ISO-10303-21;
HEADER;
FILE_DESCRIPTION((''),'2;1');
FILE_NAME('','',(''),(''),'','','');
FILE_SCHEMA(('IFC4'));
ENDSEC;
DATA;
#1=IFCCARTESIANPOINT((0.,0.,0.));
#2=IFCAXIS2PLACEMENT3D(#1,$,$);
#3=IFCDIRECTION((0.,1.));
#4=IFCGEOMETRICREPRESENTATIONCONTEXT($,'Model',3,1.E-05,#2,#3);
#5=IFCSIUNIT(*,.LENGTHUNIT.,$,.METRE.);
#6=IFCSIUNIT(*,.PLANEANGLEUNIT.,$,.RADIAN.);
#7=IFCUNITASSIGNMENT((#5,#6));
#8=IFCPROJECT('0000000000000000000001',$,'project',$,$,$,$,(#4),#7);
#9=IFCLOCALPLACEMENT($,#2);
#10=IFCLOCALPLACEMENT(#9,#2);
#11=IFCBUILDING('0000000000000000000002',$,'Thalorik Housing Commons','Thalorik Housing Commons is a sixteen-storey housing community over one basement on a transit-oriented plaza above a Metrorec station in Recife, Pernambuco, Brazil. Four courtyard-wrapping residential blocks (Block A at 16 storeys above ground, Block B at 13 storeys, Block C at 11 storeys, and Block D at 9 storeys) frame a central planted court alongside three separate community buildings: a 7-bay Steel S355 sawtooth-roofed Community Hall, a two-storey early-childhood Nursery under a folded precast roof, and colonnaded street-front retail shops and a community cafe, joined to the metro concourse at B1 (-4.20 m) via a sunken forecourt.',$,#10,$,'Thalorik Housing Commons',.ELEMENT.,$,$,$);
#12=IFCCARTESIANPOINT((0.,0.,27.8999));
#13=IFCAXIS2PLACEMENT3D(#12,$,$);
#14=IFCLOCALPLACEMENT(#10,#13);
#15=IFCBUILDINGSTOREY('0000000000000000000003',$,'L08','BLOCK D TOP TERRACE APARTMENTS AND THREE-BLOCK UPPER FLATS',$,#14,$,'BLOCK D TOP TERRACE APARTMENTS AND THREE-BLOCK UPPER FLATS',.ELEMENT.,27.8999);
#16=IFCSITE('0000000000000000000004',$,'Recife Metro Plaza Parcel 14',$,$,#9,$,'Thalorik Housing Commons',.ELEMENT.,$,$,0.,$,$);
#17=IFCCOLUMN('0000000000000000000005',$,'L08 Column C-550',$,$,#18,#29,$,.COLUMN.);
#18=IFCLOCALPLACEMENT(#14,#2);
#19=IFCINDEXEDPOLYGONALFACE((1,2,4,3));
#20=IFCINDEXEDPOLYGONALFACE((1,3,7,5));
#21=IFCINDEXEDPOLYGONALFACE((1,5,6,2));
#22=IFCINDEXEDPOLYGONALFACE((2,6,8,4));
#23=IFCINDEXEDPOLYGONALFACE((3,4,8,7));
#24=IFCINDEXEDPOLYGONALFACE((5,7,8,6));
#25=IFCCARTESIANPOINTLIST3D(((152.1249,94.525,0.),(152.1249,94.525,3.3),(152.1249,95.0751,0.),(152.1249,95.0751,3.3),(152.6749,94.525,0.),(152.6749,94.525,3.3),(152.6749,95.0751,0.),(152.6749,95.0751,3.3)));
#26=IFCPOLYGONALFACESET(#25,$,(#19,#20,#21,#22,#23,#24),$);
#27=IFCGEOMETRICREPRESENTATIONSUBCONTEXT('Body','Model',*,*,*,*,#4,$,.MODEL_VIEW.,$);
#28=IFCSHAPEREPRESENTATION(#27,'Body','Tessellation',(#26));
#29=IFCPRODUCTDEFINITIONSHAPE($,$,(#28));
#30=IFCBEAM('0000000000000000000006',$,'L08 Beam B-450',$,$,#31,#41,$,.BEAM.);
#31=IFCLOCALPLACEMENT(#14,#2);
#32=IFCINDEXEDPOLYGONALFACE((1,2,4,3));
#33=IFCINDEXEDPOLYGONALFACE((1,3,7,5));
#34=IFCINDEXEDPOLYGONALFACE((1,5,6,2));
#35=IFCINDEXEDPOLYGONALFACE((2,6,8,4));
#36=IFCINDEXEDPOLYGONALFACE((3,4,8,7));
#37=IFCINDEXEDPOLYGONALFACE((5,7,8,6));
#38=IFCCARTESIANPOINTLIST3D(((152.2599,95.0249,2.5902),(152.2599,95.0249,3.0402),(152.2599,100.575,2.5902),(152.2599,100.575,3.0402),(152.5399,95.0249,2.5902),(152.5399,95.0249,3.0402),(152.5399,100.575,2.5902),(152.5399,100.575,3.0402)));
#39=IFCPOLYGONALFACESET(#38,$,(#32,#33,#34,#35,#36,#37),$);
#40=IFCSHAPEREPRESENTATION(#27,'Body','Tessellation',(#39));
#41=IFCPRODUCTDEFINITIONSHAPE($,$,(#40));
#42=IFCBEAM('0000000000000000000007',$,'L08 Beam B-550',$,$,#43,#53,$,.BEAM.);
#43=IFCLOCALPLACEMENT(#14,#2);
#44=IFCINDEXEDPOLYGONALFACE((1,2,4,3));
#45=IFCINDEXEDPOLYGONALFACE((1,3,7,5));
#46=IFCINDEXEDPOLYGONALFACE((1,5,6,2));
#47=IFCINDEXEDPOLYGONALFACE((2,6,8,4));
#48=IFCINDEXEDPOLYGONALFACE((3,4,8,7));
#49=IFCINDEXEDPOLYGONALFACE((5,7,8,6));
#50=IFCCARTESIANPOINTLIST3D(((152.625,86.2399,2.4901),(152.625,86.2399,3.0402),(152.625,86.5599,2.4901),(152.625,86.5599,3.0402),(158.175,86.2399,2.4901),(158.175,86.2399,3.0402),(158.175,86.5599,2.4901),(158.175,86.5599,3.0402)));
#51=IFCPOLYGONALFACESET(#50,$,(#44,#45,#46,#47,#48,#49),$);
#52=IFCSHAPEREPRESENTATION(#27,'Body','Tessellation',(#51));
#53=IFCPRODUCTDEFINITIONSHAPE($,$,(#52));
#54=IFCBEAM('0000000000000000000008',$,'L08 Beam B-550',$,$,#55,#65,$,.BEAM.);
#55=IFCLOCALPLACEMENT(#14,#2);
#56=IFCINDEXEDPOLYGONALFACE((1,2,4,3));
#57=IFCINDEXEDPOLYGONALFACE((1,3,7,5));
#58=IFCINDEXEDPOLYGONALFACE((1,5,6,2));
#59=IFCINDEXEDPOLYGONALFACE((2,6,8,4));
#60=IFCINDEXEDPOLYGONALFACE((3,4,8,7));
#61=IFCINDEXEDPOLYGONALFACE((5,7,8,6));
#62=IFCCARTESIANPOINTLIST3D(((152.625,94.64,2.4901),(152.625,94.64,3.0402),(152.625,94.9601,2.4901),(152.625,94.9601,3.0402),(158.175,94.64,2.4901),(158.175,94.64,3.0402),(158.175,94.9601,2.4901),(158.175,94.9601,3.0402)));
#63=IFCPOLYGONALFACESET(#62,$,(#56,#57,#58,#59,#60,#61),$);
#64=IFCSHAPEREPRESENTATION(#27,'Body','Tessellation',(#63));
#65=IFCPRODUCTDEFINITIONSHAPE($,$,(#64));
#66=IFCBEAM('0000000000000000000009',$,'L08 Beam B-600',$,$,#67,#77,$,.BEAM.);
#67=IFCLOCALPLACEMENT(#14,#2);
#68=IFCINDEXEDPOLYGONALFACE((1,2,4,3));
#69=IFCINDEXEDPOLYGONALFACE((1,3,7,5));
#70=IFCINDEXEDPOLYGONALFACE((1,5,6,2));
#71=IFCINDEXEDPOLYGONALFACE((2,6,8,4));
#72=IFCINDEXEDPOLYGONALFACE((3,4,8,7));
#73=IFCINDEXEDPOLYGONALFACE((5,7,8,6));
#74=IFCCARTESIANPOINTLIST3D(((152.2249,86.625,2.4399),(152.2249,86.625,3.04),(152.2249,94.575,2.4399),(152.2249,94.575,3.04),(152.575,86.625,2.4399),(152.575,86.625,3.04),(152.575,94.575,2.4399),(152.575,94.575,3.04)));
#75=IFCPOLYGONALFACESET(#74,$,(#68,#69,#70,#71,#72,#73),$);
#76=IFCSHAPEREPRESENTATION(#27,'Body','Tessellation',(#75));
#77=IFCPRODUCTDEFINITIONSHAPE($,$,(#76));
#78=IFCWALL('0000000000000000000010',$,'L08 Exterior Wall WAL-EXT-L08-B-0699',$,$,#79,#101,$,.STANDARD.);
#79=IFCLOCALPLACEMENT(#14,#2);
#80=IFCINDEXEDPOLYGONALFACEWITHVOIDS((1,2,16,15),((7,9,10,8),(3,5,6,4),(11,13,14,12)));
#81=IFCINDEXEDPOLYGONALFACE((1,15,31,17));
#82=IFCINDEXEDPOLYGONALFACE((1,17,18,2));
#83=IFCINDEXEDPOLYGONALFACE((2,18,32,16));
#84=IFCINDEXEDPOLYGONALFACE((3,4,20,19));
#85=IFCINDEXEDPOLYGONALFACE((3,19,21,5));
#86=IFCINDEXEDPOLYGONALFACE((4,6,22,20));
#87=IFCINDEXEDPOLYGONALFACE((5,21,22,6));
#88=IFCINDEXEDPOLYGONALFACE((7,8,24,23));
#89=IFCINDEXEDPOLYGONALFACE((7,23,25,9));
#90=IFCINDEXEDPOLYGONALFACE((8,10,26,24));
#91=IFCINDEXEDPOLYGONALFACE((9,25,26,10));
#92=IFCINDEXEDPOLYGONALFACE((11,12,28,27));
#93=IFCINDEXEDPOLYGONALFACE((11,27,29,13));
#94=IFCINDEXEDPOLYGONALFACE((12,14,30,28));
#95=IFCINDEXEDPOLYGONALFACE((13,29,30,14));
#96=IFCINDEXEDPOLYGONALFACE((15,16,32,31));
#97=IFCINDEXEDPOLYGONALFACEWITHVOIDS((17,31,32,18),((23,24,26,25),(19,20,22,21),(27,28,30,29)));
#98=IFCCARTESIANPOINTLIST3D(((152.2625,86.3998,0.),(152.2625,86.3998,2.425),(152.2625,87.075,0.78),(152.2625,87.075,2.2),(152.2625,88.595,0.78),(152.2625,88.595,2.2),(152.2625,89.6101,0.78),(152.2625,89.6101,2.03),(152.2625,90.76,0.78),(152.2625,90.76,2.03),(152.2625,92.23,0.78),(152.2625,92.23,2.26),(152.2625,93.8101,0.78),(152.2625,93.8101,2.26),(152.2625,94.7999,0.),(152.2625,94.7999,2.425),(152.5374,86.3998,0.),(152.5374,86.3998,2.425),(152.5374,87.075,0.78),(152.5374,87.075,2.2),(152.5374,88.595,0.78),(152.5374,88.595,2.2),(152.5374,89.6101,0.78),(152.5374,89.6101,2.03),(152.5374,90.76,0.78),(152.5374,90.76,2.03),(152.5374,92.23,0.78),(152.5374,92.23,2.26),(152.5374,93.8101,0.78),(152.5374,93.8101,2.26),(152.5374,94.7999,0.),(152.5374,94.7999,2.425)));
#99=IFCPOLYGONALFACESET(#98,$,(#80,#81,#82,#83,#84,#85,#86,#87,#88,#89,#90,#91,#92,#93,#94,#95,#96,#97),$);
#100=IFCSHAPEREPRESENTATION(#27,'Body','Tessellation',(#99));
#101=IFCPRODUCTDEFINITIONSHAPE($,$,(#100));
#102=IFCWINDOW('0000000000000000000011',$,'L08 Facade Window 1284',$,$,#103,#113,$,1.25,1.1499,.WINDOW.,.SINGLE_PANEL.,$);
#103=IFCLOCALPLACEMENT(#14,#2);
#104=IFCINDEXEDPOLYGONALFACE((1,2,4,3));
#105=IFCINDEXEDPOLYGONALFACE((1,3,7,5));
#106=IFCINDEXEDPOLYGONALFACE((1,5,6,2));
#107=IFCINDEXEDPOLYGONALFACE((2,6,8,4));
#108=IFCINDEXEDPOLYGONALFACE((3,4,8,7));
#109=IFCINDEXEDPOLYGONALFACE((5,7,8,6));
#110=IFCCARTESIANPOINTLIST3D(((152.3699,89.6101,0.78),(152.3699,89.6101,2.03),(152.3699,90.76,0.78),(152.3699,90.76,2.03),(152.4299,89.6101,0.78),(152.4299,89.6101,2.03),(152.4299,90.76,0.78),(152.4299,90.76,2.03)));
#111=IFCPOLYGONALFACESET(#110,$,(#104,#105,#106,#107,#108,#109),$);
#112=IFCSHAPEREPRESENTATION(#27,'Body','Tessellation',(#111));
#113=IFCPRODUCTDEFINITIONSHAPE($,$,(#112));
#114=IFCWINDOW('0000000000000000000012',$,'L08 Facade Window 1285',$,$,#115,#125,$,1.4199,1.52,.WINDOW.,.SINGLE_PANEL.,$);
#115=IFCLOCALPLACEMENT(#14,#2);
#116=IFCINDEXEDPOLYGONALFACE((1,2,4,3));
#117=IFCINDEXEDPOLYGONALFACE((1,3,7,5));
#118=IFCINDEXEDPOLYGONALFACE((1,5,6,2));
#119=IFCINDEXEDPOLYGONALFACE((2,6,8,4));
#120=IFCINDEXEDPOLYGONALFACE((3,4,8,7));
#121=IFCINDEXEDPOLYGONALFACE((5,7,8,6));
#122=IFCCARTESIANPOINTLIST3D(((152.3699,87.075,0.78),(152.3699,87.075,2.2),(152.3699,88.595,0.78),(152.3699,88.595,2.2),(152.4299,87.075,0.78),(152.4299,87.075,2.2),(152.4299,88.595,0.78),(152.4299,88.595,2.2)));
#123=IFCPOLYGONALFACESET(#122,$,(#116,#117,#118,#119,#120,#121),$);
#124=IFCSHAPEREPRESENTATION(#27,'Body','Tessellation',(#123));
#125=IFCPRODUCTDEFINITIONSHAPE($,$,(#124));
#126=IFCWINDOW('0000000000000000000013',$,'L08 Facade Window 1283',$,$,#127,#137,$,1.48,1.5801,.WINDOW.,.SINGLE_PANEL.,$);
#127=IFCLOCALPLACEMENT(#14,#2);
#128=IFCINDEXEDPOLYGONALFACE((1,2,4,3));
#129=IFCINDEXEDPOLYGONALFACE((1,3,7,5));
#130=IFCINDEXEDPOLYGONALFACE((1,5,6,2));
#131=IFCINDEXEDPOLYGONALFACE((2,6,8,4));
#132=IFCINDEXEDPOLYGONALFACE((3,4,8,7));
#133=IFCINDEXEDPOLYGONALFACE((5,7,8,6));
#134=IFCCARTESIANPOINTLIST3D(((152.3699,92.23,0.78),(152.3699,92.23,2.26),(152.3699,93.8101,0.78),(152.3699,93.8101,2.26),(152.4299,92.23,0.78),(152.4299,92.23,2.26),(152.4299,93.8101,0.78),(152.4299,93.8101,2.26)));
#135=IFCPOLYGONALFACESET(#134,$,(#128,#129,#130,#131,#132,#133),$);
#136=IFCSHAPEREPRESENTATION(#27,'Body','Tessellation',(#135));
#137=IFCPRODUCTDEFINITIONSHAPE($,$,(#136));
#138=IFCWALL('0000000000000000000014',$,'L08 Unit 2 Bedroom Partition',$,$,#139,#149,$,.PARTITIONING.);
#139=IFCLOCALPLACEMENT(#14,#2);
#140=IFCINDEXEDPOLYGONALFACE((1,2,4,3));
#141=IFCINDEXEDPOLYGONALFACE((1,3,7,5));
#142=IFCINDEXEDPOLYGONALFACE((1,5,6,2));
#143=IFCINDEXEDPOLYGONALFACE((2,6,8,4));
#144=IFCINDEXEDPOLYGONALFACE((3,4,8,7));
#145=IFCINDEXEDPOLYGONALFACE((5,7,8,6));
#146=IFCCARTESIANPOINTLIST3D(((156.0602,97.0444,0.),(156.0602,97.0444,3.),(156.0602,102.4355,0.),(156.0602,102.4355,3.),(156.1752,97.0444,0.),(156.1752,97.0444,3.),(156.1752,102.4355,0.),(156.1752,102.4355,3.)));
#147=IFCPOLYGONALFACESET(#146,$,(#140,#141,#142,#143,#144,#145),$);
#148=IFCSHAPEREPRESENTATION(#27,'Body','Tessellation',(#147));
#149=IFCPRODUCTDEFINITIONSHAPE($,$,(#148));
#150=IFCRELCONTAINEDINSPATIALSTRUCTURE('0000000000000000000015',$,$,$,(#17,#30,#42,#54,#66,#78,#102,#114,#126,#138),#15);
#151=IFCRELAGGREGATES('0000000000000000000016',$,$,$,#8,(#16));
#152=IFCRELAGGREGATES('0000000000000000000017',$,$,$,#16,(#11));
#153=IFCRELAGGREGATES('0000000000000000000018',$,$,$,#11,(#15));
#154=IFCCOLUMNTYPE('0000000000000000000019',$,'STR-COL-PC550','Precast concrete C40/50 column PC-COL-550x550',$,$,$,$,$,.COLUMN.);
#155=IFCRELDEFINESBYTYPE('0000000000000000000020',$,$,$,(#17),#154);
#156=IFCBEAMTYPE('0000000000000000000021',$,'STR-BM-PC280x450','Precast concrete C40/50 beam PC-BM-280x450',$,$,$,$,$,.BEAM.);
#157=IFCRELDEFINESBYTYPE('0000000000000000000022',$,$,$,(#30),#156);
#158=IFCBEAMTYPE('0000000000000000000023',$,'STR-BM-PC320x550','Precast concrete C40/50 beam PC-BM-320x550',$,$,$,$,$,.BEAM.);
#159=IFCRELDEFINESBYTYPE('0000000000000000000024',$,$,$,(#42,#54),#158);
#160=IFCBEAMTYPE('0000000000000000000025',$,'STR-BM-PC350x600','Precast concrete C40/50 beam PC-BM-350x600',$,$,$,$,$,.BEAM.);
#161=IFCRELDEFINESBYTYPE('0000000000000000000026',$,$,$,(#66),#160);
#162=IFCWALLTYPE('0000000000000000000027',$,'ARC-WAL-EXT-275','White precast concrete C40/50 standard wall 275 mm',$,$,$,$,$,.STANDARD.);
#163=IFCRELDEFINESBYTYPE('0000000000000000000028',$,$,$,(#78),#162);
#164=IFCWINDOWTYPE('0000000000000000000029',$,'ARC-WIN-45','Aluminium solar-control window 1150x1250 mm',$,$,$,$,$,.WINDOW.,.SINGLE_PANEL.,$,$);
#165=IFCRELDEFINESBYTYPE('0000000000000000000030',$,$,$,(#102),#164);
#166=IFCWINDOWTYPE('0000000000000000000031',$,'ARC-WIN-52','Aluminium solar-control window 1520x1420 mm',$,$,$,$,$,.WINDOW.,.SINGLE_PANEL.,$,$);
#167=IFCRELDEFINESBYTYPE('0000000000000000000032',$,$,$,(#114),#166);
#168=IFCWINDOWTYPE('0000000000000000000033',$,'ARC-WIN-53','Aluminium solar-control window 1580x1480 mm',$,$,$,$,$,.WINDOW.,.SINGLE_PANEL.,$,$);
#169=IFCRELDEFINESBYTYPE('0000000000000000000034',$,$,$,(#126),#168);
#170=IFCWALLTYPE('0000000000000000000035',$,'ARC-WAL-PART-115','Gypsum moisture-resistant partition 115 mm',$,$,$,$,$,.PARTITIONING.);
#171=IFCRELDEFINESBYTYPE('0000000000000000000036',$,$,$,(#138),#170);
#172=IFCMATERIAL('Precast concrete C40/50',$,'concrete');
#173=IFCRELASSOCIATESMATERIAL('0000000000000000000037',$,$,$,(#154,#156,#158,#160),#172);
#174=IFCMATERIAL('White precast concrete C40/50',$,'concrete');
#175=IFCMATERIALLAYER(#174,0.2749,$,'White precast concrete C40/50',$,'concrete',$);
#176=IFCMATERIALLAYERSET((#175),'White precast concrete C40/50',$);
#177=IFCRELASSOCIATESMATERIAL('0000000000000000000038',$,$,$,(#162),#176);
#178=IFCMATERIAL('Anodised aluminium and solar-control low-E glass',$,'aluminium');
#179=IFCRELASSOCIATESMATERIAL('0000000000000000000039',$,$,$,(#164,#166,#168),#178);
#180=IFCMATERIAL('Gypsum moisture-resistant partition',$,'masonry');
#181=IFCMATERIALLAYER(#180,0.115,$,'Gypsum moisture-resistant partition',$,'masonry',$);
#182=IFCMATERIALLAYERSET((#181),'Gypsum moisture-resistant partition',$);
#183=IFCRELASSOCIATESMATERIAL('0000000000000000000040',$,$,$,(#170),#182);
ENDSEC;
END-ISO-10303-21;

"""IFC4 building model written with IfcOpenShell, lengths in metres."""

from ifc_helpers import new_model, si_unit, direction, frame, frame_2d, origin, origin_2d, place, context, subcontext, project, spatial, rectangle, extrude, material, layer, layer_set, material_profile, profile_set, type_object, element, fill, save


model = new_model("IFC4")

# Units and contexts
model_context = context("Model", 3, precision=1e-05, world=origin(), true_north=direction((0.0, 1.0)))
body_context = subcontext(model_context, "Body", "Model", "MODEL_VIEW")
ifc_project = project(units=[si_unit("LENGTHUNIT", "METRE"), si_unit("PLANEANGLEUNIT", "RADIAN")], contexts=[model_context])

# Site, building, storey
site_placement = place(None, origin())
site = spatial("IfcSite", under=ifc_project, at=site_placement, Name="Recife Metro Plaza Parcel 14", LongName="Thalorik Housing Commons", CompositionType="ELEMENT", RefElevation=0.0)
building_placement = place(site_placement, origin())
building = spatial("IfcBuilding", under=site, at=building_placement, Name="Thalorik Housing Commons", Description="Thalorik Housing Commons is a sixteen-storey housing community over one basement on a transit-oriented plaza above a Metrorec station in Recife, Pernambuco, Brazil. Four courtyard-wrapping residential blocks (Block A at 16 storeys above ground, Block B at 13 storeys, Block C at 11 storeys, and Block D at 9 storeys) frame a central planted court alongside three separate community buildings: a 7-bay Steel S355 sawtooth-roofed Community Hall, a two-storey early-childhood Nursery under a folded precast roof, and colonnaded street-front retail shops and a community cafe, joined to the metro concourse at B1 (-4.20 m) via a sunken forecourt.", LongName="Thalorik Housing Commons", CompositionType="ELEMENT")
storey_placement = place(building_placement, frame((0.0, 0.0, 27.8999)))
storey = spatial("IfcBuildingStorey", under=building, at=storey_placement, Name="L08", Description="BLOCK D TOP TERRACE APARTMENTS AND THREE-BLOCK UPPER FLATS", LongName="BLOCK D TOP TERRACE APARTMENTS AND THREE-BLOCK UPPER FLATS", CompositionType="ELEMENT", Elevation=27.8999)

# Column
ifc_material_1 = material(Name="Precast concrete C40/50", Category="concrete")
ifc_material_profile_1 = material_profile(ifc_material_1, rectangle(XDim=0.55, YDim=0.55, at=origin_2d()), Name="PC 550x550", Category="concrete")
ifc_profile_set_1 = profile_set([ifc_material_profile_1], Name="Precast concrete C40/50")
column_type = type_object("IfcColumnType", Name="STR-COL-PC550", Description="Precast concrete C40/50 column PC-COL-550x550", PredefinedType="COLUMN", material=ifc_profile_set_1)
column_placement = place(storey_placement, frame((152.3999, 94.8, 0.0), z_axis=(0.0, 0.0, 1.0), x_axis=(1.0, 0.0, 0.0)))
element("IfcColumn", 1, at=column_placement, inside=storey, type_object=column_type, Name="L08 Column C-550", PredefinedType="COLUMN", context=body_context, shape_type="SweptSolid", body=[
    extrude(rectangle(XDim=0.55, YDim=0.55, at=origin_2d()), origin(), (0.0, 0.0, 1.0), 3.3),
])

# Beams
ifc_material_profile_2 = material_profile(ifc_material_1, rectangle(XDim=0.28, YDim=0.45, at=origin_2d()), Name="PC 280x450", Category="concrete")
ifc_profile_set_2 = profile_set([ifc_material_profile_2], Name="Precast concrete C40/50")
beam_type_1 = type_object("IfcBeamType", Name="STR-BM-PC280x450", Description="Precast concrete C40/50 beam PC-BM-280x450", PredefinedType="BEAM", material=ifc_profile_set_2)
beam_1_placement = place(storey_placement, frame((152.3999, 95.0249, 2.8152), z_axis=(0.0, 1.0, 0.0), x_axis=(-1.0, 0.0, 0.0)))
element("IfcBeam", 2, at=beam_1_placement, inside=storey, type_object=beam_type_1, Name="L08 Beam B-450", PredefinedType="BEAM", context=body_context, shape_type="SweptSolid", body=[
    extrude(rectangle(XDim=0.28, YDim=0.45, at=origin_2d()), origin(), (0.0, 0.0, 1.0), 5.55),
])
ifc_material_profile_3 = material_profile(ifc_material_1, rectangle(XDim=0.3201, YDim=0.55, at=origin_2d()), Name="PC 320x550", Category="concrete")
ifc_profile_set_3 = profile_set([ifc_material_profile_3], Name="Precast concrete C40/50")
beam_type_2 = type_object("IfcBeamType", Name="STR-BM-PC320x550", Description="Precast concrete C40/50 beam PC-BM-320x550", PredefinedType="BEAM", material=ifc_profile_set_3)
for number, where, z_axis, x_axis, name in (
    (3, (152.625, 86.3999, 2.7651), (1.0, 0.0, 0.0), (0.0, 1.0, 0.0), "L08 Beam B-550"),
    (4, (152.625, 94.8, 2.7651), (1.0, 0.0, 0.0), (0.0, 1.0, 0.0), "L08 Beam B-550"),
):
    element("IfcBeam", number, at=place(storey_placement, frame(where, z_axis=z_axis, x_axis=x_axis)), inside=storey, type_object=beam_type_2, Name=name, PredefinedType="BEAM", context=body_context, shape_type="SweptSolid", body=[
        extrude(rectangle(XDim=0.3201, YDim=0.55, at=origin_2d()), origin(), (0.0, 0.0, 1.0), 5.55),
    ])
ifc_material_profile_4 = material_profile(ifc_material_1, rectangle(XDim=0.3501, YDim=0.6001, at=origin_2d()), Name="PC 350x600", Category="concrete")
ifc_profile_set_4 = profile_set([ifc_material_profile_4], Name="Precast concrete C40/50")
beam_type_3 = type_object("IfcBeamType", Name="STR-BM-PC350x600", Description="Precast concrete C40/50 beam PC-BM-350x600", PredefinedType="BEAM", material=ifc_profile_set_4)
beam_2_placement = place(storey_placement, frame((152.3999, 86.625, 2.74), z_axis=(0.0, 1.0, 0.0), x_axis=(-1.0, 0.0, 0.0)))
element("IfcBeam", 5, at=beam_2_placement, inside=storey, type_object=beam_type_3, Name="L08 Beam B-600", PredefinedType="BEAM", context=body_context, shape_type="SweptSolid", body=[
    extrude(rectangle(XDim=0.3501, YDim=0.6001, at=origin_2d()), origin(), (0.0, 0.0, 1.0), 7.95),
])

# Wall, openings, windows
ifc_material_2 = material(Name="White precast concrete C40/50", Category="concrete")
ifc_layer_1 = layer(ifc_material_2, 0.2749, Name="White precast concrete C40/50", Category="concrete")
ifc_layer_set_1 = layer_set([ifc_layer_1], Name="White precast concrete C40/50")
wall_type_1 = type_object("IfcWallType", Name="ARC-WAL-EXT-275", Description="White precast concrete C40/50 standard wall 275 mm", PredefinedType="STANDARD", material=ifc_layer_set_1)
wall_1_placement = place(storey_placement, frame((152.3999, 94.8, 0.0), z_axis=(0.0, 0.0, 1.0), x_axis=(0.0, -1.0, 0.0)))
wall_1 = element("IfcWall", 6, at=wall_1_placement, inside=storey, type_object=wall_type_1, Name="L08 Exterior Wall WAL-EXT-L08-B-0699", PredefinedType="STANDARD", context=body_context, shape_type="SweptSolid", body=[
    extrude(rectangle(XDim=8.4001, YDim=0.2749, at=frame_2d((4.2002, 0.0))), origin(), (0.0, 0.0, 1.0), 2.425),
])
opening_1_placement = place(wall_1_placement, frame((0.99, 0.0, 0.78)))
opening_1 = element("IfcOpeningElement", 7, at=opening_1_placement, cuts=wall_1, PredefinedType="OPENING", context=body_context, shape_type="SweptSolid", body=[
    extrude(rectangle(XDim=1.5801, YDim=1.48, at=frame_2d((0.79, 0.74))), frame((0.0, 0.1475, 0.0), z_axis=(0.0, -1.0, 0.0), x_axis=(1.0, 0.0, 0.0)), (0.0, 0.0, 1.0), 0.2949),
])
opening_2_placement = place(wall_1_placement, frame((4.04, 0.0, 0.78)))
opening_2 = element("IfcOpeningElement", 8, at=opening_2_placement, cuts=wall_1, PredefinedType="OPENING", context=body_context, shape_type="SweptSolid", body=[
    extrude(rectangle(XDim=1.1499, YDim=1.25, at=frame_2d((0.575, 0.625))), frame((0.0, 0.1475, 0.0), z_axis=(0.0, -1.0, 0.0), x_axis=(1.0, 0.0, 0.0)), (0.0, 0.0, 1.0), 0.2949),
])
opening_3_placement = place(wall_1_placement, frame((6.2051, 0.0, 0.78)))
opening_3 = element("IfcOpeningElement", 9, at=opening_3_placement, cuts=wall_1, PredefinedType="OPENING", context=body_context, shape_type="SweptSolid", body=[
    extrude(rectangle(XDim=1.52, YDim=1.4199, at=frame_2d((0.76, 0.71))), frame((0.0, 0.1475, 0.0), z_axis=(0.0, -1.0, 0.0), x_axis=(1.0, 0.0, 0.0)), (0.0, 0.0, 1.0), 0.2949),
])
ifc_material_3 = material(Name="Anodised aluminium and solar-control low-E glass", Category="aluminium")
window_type_1 = type_object("IfcWindowType", Name="ARC-WIN-45", Description="Aluminium solar-control window 1150x1250 mm", PartitioningType="SINGLE_PANEL", PredefinedType="WINDOW", material=ifc_material_3)
window_1_placement = place(opening_2_placement, origin())
window_1 = element("IfcWindow", 10, at=window_1_placement, inside=storey, type_object=window_type_1, Name="L08 Facade Window 1284", OverallHeight=1.25, OverallWidth=1.1499, PartitioningType="SINGLE_PANEL", PredefinedType="WINDOW", context=body_context, shape_type="SweptSolid", body=[
    extrude(rectangle(XDim=1.1499, YDim=1.25, at=frame_2d((0.575, 0.625))), frame((0.0, 0.03, 0.0), z_axis=(0.0, -1.0, 0.0), x_axis=(1.0, 0.0, 0.0)), (0.0, 0.0, 1.0), 0.0601),
])
fill(opening_2, window_1)
window_type_2 = type_object("IfcWindowType", Name="ARC-WIN-52", Description="Aluminium solar-control window 1520x1420 mm", PartitioningType="SINGLE_PANEL", PredefinedType="WINDOW", material=ifc_material_3)
window_2_placement = place(opening_3_placement, origin())
window_2 = element("IfcWindow", 11, at=window_2_placement, inside=storey, type_object=window_type_2, Name="L08 Facade Window 1285", OverallHeight=1.4199, OverallWidth=1.52, PartitioningType="SINGLE_PANEL", PredefinedType="WINDOW", context=body_context, shape_type="SweptSolid", body=[
    extrude(rectangle(XDim=1.52, YDim=1.4199, at=frame_2d((0.76, 0.71))), frame((0.0, 0.03, 0.0), z_axis=(0.0, -1.0, 0.0), x_axis=(1.0, 0.0, 0.0)), (0.0, 0.0, 1.0), 0.0601),
])
fill(opening_3, window_2)
window_type_3 = type_object("IfcWindowType", Name="ARC-WIN-53", Description="Aluminium solar-control window 1580x1480 mm", PartitioningType="SINGLE_PANEL", PredefinedType="WINDOW", material=ifc_material_3)
window_3_placement = place(opening_1_placement, origin())
window_3 = element("IfcWindow", 12, at=window_3_placement, inside=storey, type_object=window_type_3, Name="L08 Facade Window 1283", OverallHeight=1.48, OverallWidth=1.5801, PartitioningType="SINGLE_PANEL", PredefinedType="WINDOW", context=body_context, shape_type="SweptSolid", body=[
    extrude(rectangle(XDim=1.5801, YDim=1.48, at=frame_2d((0.79, 0.74))), frame((0.0, 0.03, 0.0), z_axis=(0.0, -1.0, 0.0), x_axis=(1.0, 0.0, 0.0)), (0.0, 0.0, 1.0), 0.0601),
])
fill(opening_1, window_3)

# Wall
ifc_material_4 = material(Name="Gypsum moisture-resistant partition", Category="masonry")
ifc_layer_2 = layer(ifc_material_4, 0.115, Name="Gypsum moisture-resistant partition", Category="masonry")
ifc_layer_set_2 = layer_set([ifc_layer_2], Name="Gypsum moisture-resistant partition")
wall_type_2 = type_object("IfcWallType", Name="ARC-WAL-PART-115", Description="Gypsum moisture-resistant partition 115 mm", PredefinedType="PARTITIONING", material=ifc_layer_set_2)
wall_2_placement = place(storey_placement, frame((156.1177, 97.0444, 0.0), z_axis=(0.0, 0.0, 1.0), x_axis=(0.0, 1.0, 0.0)))
element("IfcWall", 13, at=wall_2_placement, inside=storey, type_object=wall_type_2, Name="L08 Unit 2 Bedroom Partition", PredefinedType="PARTITIONING", context=body_context, shape_type="SweptSolid", body=[
    extrude(rectangle(XDim=5.3911, YDim=0.115, at=frame_2d((2.6956, 0.0))), origin(), (0.0, 0.0, 1.0), 3.0),
])

save(model, "model.ifc")
